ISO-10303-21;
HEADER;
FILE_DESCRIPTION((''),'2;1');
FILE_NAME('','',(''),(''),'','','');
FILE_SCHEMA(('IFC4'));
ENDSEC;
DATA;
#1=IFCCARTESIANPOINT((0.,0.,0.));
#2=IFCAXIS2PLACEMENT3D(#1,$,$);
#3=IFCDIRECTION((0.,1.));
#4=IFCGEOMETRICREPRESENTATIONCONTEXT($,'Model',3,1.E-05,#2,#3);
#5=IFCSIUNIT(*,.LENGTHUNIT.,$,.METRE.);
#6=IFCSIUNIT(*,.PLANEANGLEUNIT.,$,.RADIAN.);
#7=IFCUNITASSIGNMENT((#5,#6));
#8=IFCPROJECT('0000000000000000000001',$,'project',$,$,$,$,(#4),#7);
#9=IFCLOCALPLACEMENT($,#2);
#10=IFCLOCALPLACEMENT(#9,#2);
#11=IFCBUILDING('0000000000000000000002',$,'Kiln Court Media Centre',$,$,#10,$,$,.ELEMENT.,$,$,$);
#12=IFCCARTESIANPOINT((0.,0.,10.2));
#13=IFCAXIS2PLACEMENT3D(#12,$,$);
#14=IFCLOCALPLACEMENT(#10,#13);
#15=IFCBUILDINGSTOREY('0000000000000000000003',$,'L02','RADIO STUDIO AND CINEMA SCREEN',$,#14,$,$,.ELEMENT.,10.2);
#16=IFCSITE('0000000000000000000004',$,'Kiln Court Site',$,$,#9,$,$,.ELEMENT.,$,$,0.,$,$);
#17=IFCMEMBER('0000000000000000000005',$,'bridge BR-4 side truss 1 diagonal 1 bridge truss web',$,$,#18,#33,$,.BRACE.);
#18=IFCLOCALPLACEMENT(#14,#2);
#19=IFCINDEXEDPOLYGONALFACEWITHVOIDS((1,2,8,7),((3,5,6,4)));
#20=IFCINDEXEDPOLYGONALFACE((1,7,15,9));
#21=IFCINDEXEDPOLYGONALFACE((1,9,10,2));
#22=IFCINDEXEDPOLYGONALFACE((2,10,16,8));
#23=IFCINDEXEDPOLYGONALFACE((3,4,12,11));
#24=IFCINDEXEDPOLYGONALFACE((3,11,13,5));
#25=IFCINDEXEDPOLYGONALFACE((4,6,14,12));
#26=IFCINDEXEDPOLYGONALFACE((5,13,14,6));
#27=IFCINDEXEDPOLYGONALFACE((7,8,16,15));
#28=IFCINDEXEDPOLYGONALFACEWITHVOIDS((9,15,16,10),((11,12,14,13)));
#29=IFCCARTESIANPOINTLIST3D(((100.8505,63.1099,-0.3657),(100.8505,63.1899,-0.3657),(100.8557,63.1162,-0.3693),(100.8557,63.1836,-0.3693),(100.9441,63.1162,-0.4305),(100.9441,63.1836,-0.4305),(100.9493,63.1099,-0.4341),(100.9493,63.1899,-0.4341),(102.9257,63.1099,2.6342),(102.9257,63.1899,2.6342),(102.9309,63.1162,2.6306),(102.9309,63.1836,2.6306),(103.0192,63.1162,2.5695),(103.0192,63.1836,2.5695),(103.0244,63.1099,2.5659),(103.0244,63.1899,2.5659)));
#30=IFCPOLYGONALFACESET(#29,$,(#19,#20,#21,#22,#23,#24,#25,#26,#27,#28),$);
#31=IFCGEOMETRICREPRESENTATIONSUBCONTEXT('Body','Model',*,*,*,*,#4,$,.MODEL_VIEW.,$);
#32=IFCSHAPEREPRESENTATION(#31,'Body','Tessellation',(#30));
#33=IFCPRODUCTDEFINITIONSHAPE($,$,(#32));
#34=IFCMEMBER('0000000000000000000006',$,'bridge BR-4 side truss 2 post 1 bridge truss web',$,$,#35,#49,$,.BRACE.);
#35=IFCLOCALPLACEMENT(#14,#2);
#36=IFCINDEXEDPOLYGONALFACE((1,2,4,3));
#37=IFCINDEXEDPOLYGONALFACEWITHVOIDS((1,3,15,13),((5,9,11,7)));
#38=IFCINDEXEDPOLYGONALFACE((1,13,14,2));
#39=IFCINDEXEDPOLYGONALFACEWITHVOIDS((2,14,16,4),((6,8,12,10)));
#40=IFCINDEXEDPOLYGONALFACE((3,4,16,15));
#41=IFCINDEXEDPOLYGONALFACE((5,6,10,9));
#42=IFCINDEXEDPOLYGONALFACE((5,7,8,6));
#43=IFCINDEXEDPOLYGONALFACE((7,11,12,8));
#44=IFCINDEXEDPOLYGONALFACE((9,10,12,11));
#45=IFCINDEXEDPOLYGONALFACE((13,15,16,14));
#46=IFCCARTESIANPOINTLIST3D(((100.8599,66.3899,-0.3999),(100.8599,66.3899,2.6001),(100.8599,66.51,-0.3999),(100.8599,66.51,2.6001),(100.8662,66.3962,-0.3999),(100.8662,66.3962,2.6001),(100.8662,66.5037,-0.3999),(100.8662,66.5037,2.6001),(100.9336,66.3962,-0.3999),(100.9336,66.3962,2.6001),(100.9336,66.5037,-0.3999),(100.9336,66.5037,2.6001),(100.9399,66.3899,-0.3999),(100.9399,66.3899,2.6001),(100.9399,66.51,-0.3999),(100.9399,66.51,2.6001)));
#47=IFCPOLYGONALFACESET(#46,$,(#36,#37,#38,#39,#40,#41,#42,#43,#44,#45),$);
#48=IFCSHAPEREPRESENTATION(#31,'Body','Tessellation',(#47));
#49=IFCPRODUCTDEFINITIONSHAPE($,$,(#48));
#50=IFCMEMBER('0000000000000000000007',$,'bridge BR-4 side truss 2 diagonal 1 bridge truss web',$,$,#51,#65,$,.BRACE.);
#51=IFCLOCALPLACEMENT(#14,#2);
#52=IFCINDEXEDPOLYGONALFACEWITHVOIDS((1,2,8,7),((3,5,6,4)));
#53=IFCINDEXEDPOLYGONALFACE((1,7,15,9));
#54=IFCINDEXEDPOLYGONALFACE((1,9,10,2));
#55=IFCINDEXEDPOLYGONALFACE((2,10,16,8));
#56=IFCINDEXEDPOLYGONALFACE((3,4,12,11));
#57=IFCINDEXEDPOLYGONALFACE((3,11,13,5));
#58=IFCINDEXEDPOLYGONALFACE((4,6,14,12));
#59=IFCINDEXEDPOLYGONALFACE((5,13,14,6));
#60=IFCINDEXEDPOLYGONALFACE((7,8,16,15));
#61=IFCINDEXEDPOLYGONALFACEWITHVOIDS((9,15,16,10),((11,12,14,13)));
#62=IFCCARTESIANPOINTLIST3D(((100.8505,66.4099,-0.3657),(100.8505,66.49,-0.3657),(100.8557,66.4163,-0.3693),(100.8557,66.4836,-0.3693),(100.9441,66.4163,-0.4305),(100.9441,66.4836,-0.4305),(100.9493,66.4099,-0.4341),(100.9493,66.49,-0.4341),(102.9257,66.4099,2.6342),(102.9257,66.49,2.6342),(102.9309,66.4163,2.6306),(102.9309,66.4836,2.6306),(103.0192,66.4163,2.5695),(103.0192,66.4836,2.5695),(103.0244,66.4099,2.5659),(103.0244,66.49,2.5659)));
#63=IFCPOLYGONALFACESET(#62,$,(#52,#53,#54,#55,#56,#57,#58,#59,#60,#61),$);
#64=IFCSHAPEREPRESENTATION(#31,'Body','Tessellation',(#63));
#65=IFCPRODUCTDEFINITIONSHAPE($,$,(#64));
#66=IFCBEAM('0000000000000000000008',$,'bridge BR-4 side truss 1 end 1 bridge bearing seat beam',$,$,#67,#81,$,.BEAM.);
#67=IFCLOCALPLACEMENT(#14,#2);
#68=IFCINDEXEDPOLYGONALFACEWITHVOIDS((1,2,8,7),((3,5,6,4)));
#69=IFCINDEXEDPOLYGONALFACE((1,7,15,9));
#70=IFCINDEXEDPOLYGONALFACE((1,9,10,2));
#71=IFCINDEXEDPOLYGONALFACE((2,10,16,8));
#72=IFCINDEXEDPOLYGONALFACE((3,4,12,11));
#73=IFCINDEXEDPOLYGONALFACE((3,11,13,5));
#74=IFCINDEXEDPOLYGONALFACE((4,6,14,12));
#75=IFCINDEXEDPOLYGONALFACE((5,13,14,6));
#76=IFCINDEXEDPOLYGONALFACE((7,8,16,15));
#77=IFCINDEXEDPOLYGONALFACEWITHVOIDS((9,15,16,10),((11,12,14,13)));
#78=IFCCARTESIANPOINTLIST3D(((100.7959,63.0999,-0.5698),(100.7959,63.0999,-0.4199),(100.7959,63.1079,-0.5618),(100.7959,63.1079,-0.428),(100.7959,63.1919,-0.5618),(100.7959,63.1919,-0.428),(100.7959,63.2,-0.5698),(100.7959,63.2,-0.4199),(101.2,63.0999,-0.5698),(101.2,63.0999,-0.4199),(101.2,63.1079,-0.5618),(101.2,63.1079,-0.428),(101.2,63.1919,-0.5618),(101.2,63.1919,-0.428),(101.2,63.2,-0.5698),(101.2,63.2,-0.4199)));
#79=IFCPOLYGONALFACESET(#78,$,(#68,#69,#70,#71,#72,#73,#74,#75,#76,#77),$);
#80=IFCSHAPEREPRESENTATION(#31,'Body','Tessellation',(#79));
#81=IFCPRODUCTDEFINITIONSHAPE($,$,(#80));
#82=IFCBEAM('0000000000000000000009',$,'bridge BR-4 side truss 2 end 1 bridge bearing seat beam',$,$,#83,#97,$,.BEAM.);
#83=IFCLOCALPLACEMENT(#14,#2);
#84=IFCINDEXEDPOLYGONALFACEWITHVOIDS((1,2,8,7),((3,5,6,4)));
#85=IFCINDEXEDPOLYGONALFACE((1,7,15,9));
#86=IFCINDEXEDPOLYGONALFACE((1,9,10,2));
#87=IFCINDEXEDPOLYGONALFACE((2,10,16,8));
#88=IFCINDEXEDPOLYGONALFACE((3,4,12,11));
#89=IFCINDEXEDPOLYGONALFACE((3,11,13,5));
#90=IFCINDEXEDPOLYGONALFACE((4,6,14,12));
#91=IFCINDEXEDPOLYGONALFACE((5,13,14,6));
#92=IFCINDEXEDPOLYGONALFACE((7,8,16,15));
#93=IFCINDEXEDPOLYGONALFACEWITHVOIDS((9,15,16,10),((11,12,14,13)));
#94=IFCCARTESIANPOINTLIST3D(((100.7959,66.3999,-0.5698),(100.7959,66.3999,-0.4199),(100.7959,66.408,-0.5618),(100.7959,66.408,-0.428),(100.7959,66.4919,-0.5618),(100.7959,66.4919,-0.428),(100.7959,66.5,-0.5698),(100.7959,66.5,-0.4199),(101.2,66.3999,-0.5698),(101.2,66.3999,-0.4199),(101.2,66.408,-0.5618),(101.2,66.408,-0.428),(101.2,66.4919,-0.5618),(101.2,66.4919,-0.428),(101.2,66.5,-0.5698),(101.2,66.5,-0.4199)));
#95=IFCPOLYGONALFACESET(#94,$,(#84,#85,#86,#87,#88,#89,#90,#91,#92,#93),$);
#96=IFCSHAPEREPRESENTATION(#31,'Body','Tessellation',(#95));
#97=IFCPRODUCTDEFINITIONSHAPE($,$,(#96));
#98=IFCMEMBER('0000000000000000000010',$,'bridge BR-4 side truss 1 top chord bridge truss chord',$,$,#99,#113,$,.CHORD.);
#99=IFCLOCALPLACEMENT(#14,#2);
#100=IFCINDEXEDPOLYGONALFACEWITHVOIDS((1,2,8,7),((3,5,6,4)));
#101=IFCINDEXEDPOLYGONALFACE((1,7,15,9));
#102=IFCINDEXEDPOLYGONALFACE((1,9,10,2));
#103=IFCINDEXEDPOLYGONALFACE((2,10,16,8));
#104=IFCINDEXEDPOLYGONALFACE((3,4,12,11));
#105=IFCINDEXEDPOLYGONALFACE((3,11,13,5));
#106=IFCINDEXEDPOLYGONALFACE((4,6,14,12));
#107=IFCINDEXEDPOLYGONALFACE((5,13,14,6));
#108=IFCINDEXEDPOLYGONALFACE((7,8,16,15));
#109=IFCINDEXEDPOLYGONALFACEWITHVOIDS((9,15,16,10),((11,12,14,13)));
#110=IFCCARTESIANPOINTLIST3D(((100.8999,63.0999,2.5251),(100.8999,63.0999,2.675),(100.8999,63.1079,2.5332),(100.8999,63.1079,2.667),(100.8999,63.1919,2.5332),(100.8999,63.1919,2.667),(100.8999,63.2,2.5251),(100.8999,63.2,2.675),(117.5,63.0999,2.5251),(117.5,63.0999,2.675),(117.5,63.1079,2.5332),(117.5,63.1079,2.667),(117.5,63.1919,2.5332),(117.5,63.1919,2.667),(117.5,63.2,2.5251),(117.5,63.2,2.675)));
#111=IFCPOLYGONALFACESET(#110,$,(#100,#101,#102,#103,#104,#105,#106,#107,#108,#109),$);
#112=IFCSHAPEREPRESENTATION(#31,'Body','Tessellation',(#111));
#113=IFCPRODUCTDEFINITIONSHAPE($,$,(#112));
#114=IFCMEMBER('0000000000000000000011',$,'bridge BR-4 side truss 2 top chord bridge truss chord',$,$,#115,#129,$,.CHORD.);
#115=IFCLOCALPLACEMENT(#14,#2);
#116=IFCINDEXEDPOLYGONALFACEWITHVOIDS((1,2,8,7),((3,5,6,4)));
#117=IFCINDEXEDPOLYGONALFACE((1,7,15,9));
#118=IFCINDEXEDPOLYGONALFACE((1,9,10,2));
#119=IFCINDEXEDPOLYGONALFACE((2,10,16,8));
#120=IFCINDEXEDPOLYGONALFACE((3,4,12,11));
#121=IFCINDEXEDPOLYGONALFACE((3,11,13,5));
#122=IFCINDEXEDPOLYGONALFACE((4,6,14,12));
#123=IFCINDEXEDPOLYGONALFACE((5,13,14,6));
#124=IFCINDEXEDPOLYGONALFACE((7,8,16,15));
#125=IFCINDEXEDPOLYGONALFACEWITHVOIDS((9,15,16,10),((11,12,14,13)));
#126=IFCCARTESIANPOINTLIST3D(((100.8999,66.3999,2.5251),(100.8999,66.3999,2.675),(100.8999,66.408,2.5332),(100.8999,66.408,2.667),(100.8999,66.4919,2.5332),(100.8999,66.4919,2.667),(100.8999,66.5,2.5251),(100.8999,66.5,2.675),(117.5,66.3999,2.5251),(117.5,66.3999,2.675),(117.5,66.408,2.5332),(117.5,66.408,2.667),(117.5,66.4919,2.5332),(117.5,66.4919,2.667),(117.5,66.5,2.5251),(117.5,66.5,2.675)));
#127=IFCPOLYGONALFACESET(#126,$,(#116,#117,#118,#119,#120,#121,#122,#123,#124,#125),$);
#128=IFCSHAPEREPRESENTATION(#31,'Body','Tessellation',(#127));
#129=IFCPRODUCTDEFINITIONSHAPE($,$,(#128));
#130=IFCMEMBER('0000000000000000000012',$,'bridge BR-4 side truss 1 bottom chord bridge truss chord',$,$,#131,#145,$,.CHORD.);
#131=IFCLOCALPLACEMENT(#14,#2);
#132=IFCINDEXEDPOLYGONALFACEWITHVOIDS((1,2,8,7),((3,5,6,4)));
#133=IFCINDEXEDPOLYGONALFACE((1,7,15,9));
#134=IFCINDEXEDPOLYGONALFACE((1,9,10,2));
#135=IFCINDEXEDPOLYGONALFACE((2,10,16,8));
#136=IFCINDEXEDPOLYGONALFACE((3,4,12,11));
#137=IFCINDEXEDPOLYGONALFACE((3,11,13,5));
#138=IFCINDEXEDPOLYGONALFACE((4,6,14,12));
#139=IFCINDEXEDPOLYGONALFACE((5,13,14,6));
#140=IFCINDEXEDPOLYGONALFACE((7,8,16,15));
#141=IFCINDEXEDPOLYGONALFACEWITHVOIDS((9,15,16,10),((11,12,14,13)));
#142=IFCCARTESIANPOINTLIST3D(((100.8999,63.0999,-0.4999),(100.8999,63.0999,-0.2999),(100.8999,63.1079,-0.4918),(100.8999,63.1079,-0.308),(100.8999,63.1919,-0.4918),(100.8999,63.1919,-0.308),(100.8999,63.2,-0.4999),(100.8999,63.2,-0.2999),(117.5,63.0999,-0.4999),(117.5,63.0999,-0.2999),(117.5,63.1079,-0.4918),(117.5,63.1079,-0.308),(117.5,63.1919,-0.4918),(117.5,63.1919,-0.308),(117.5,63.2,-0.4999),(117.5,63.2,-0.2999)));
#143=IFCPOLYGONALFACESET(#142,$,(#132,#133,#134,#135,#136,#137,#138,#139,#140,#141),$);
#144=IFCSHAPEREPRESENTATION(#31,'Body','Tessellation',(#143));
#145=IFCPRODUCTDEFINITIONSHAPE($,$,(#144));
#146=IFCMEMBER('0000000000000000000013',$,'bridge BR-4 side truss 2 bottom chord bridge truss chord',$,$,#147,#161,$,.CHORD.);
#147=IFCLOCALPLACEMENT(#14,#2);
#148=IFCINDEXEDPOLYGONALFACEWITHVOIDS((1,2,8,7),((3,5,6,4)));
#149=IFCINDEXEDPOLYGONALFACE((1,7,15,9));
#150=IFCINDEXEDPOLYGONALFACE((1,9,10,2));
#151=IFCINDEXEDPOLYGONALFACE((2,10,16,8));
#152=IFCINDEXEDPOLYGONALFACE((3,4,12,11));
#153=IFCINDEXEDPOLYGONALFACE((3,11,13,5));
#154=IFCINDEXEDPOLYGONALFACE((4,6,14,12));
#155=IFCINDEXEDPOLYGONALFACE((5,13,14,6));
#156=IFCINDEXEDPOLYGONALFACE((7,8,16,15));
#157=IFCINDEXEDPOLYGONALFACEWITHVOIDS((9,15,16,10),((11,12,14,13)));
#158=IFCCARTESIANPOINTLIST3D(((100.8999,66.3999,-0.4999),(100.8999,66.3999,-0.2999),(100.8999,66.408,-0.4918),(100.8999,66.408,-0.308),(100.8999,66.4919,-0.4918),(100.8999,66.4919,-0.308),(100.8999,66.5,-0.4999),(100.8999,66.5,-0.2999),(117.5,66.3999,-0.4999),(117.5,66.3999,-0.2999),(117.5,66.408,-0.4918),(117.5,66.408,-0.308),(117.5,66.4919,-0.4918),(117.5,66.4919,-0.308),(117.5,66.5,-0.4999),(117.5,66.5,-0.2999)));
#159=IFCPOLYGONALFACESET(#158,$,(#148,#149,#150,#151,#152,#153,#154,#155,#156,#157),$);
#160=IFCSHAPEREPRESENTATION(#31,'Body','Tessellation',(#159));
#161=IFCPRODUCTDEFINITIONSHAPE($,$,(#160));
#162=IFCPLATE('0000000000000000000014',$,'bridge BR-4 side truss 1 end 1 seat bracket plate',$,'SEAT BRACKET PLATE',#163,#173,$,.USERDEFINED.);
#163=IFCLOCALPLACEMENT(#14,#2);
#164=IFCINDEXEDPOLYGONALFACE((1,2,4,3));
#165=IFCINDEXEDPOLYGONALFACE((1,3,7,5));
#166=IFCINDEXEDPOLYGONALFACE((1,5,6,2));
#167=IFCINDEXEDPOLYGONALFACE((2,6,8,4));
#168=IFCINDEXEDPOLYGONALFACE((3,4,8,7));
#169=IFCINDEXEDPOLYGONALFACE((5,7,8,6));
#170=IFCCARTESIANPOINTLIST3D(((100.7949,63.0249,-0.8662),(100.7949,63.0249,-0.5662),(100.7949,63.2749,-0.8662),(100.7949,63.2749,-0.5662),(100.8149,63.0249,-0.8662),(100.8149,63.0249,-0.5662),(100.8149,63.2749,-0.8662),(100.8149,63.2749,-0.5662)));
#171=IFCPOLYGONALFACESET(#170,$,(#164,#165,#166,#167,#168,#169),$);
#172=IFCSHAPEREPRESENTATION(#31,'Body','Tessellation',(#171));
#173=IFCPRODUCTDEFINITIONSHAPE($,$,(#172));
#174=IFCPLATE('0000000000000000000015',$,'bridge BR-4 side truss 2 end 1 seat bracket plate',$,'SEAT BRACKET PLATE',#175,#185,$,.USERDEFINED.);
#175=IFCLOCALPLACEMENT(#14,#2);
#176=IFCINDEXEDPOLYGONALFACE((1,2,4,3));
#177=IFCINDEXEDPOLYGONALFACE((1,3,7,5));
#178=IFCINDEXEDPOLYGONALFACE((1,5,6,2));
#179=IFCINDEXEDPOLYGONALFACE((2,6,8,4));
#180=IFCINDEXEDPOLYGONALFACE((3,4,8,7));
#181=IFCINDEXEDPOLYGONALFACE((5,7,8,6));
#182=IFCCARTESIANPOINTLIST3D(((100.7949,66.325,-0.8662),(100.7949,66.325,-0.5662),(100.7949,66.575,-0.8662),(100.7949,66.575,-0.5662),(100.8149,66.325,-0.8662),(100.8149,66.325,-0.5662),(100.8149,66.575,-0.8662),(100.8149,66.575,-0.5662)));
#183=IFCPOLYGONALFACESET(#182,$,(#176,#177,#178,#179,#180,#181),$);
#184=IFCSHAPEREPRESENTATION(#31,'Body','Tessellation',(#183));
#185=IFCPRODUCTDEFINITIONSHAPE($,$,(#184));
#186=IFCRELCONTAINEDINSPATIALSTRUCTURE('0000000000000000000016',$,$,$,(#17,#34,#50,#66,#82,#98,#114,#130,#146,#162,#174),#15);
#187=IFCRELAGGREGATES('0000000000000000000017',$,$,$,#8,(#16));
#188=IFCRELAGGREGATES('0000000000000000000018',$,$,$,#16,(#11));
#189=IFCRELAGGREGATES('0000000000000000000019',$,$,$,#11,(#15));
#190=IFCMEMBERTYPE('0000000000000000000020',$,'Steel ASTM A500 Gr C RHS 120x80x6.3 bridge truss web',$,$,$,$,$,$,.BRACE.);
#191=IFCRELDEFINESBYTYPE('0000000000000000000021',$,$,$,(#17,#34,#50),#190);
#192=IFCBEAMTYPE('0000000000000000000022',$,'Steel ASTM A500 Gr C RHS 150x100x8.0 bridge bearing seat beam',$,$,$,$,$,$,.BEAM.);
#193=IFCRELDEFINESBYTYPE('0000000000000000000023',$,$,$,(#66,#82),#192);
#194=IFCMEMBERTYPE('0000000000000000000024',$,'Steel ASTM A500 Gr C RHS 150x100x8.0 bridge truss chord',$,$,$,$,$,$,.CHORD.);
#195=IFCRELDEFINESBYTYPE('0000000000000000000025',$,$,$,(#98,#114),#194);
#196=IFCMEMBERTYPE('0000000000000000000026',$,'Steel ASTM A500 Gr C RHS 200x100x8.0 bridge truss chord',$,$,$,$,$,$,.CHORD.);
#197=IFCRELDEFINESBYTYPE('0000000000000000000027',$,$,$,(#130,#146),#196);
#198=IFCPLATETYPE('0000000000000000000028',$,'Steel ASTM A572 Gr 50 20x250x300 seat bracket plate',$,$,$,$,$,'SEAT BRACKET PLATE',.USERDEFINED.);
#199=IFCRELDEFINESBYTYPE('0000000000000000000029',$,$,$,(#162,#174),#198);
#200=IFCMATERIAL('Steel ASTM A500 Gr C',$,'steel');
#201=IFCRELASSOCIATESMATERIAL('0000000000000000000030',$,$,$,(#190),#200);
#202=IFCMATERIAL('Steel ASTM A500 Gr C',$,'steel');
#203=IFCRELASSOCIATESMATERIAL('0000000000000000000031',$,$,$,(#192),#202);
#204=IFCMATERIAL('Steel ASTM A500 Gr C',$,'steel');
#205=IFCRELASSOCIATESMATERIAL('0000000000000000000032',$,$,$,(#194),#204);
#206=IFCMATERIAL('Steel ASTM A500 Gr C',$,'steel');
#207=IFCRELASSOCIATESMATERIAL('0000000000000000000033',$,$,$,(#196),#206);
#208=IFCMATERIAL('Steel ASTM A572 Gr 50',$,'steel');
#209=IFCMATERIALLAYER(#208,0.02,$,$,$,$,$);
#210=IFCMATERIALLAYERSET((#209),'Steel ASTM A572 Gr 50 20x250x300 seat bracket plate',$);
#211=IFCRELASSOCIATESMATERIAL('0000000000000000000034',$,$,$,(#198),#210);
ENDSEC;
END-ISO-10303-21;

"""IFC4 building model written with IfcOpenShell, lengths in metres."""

from ifc_helpers import new_model, si_unit, direction, frame, origin, origin_2d, place, context, subcontext, project, spatial, rectangle, hollow_rectangle, extrude, material, layer, layer_set, material_profile, profile_set, type_object, element, save


model = new_model("IFC4")

# Units and contexts
model_context = context("Model", 3, precision=1e-05, world=origin(), true_north=direction((0.0, 1.0)))
body_context = subcontext(model_context, "Body", "Model", "MODEL_VIEW")
ifc_project = project(units=[si_unit("LENGTHUNIT", "METRE"), si_unit("PLANEANGLEUNIT", "RADIAN")], contexts=[model_context])

# Site, building, storey
site_placement = place(None, origin())
site = spatial("IfcSite", under=ifc_project, at=site_placement, Name="Kiln Court Site", CompositionType="ELEMENT", RefElevation=0.0)
building_placement = place(site_placement, origin())
building = spatial("IfcBuilding", under=site, at=building_placement, Name="Kiln Court Media Centre", CompositionType="ELEMENT")
storey_placement = place(building_placement, frame((0.0, 0.0, 10.2)))
storey = spatial("IfcBuildingStorey", under=building, at=storey_placement, Name="L02", Description="RADIO STUDIO AND CINEMA SCREEN", CompositionType="ELEMENT", Elevation=10.2)

# Members
ifc_material_1 = material(Name="Steel ASTM A500 Gr C", Category="steel")
ifc_material_profile_1 = material_profile(ifc_material_1, hollow_rectangle(XDim=0.0801, YDim=0.1201, WallThickness=0.0063, at=origin_2d()), Name="RHS 120x80x6.3")
ifc_profile_set_1 = profile_set([ifc_material_profile_1], Name="Steel ASTM A500 Gr C")
member_type_1 = type_object("IfcMemberType", Name="Steel ASTM A500 Gr C RHS 120x80x6.3 bridge truss web", PredefinedType="BRACE", material=ifc_profile_set_1)
member_1_placement = place(storey_placement, frame((100.8999, 63.1499, -0.3999), z_axis=(0.56889, 0.0, 0.822414), x_axis=(0.0, 1.0, 0.0)))
element("IfcMember", 1, at=member_1_placement, inside=storey, type_object=member_type_1, Name="bridge BR-4 side truss 1 diagonal 1 bridge truss web", PredefinedType="BRACE", context=body_context, shape_type="SweptSolid", body=[
    extrude(hollow_rectangle(XDim=0.0801, YDim=0.1201, WallThickness=0.0063, at=origin_2d()), origin(), (0.0, 0.0, 1.0), 3.6477),
])
member_2_placement = place(storey_placement, frame((100.8999, 66.45, -0.3999), z_axis=(0.0, 0.0, 1.0), x_axis=(1.0, 0.0, 0.0)))
element("IfcMember", 2, at=member_2_placement, inside=storey, type_object=member_type_1, Name="bridge BR-4 side truss 2 post 1 bridge truss web", PredefinedType="BRACE", context=body_context, shape_type="SweptSolid", body=[
    extrude(hollow_rectangle(XDim=0.0801, YDim=0.1201, WallThickness=0.0063, at=origin_2d()), origin(), (0.0, 0.0, 1.0), 3.0),
])
member_3_placement = place(storey_placement, frame((100.8999, 66.45, -0.3999), z_axis=(0.56889, 0.0, 0.822414), x_axis=(0.0, 1.0, 0.0)))
element("IfcMember", 3, at=member_3_placement, inside=storey, type_object=member_type_1, Name="bridge BR-4 side truss 2 diagonal 1 bridge truss web", PredefinedType="BRACE", context=body_context, shape_type="SweptSolid", body=[
    extrude(hollow_rectangle(XDim=0.0801, YDim=0.1201, WallThickness=0.0063, at=origin_2d()), origin(), (0.0, 0.0, 1.0), 3.6477),
])

# Beams
ifc_material_2 = material(Name="Steel ASTM A500 Gr C", Category="steel")
ifc_material_profile_2 = material_profile(ifc_material_2, hollow_rectangle(XDim=0.1001, YDim=0.1499, WallThickness=0.0081, at=origin_2d()), Name="RHS 150x100x8.0")
ifc_profile_set_2 = profile_set([ifc_material_profile_2], Name="Steel ASTM A500 Gr C")
beam_type = type_object("IfcBeamType", Name="Steel ASTM A500 Gr C RHS 150x100x8.0 bridge bearing seat beam", PredefinedType="BEAM", material=ifc_profile_set_2)
for number, where, z_axis, x_axis, name in (
    (4, (100.7959, 63.1499, -0.4949), (1.0, 0.0, 0.0), (0.0, 1.0, 0.0), "bridge BR-4 side truss 1 end 1 bridge bearing seat beam"),
    (5, (100.7959, 66.45, -0.4949), (1.0, 0.0, 0.0), (0.0, 1.0, 0.0), "bridge BR-4 side truss 2 end 1 bridge bearing seat beam"),
):
    element("IfcBeam", number, at=place(storey_placement, frame(where, z_axis=z_axis, x_axis=x_axis)), inside=storey, type_object=beam_type, Name=name, PredefinedType="BEAM", context=body_context, shape_type="SweptSolid", body=[
        extrude(hollow_rectangle(XDim=0.1001, YDim=0.1499, WallThickness=0.0081, at=origin_2d()), origin(), (0.0, 0.0, 1.0), 0.4041),
    ])

# Members
ifc_material_3 = material(Name="Steel ASTM A500 Gr C", Category="steel")
ifc_material_profile_3 = material_profile(ifc_material_3, hollow_rectangle(XDim=0.1001, YDim=0.1499, WallThickness=0.0081, at=origin_2d()), Name="RHS 150x100x8.0")
ifc_profile_set_3 = profile_set([ifc_material_profile_3], Name="Steel ASTM A500 Gr C")
member_type_2 = type_object("IfcMemberType", Name="Steel ASTM A500 Gr C RHS 150x100x8.0 bridge truss chord", PredefinedType="CHORD", material=ifc_profile_set_3)
for number, where, z_axis, x_axis, name in (
    (6, (100.8999, 63.1499, 2.6001), (1.0, 0.0, 0.0), (0.0, 1.0, 0.0), "bridge BR-4 side truss 1 top chord bridge truss chord"),
    (7, (100.8999, 66.45, 2.6001), (1.0, 0.0, 0.0), (0.0, 1.0, 0.0), "bridge BR-4 side truss 2 top chord bridge truss chord"),
):
    element("IfcMember", number, at=place(storey_placement, frame(where, z_axis=z_axis, x_axis=x_axis)), inside=storey, type_object=member_type_2, Name=name, PredefinedType="CHORD", context=body_context, shape_type="SweptSolid", body=[
        extrude(hollow_rectangle(XDim=0.1001, YDim=0.1499, WallThickness=0.0081, at=origin_2d()), origin(), (0.0, 0.0, 1.0), 16.6001),
    ])
ifc_material_4 = material(Name="Steel ASTM A500 Gr C", Category="steel")
ifc_material_profile_4 = material_profile(ifc_material_4, hollow_rectangle(XDim=0.1001, YDim=0.2, WallThickness=0.0081, at=origin_2d()), Name="RHS 200x100x8.0")
ifc_profile_set_4 = profile_set([ifc_material_profile_4], Name="Steel ASTM A500 Gr C")
member_type_3 = type_object("IfcMemberType", Name="Steel ASTM A500 Gr C RHS 200x100x8.0 bridge truss chord", PredefinedType="CHORD", material=ifc_profile_set_4)
for number, where, z_axis, x_axis, name in (
    (8, (100.8999, 63.1499, -0.3999), (1.0, 0.0, 0.0), (0.0, 1.0, 0.0), "bridge BR-4 side truss 1 bottom chord bridge truss chord"),
    (9, (100.8999, 66.45, -0.3999), (1.0, 0.0, 0.0), (0.0, 1.0, 0.0), "bridge BR-4 side truss 2 bottom chord bridge truss chord"),
):
    element("IfcMember", number, at=place(storey_placement, frame(where, z_axis=z_axis, x_axis=x_axis)), inside=storey, type_object=member_type_3, Name=name, PredefinedType="CHORD", context=body_context, shape_type="SweptSolid", body=[
        extrude(hollow_rectangle(XDim=0.1001, YDim=0.2, WallThickness=0.0081, at=origin_2d()), origin(), (0.0, 0.0, 1.0), 16.6001),
    ])

# Plates
ifc_material_5 = material(Name="Steel ASTM A572 Gr 50", Category="steel")
ifc_layer_1 = layer(ifc_material_5, 0.02)
ifc_layer_set_1 = layer_set([ifc_layer_1], Name="Steel ASTM A572 Gr 50 20x250x300 seat bracket plate")
plate_type_1 = type_object("IfcPlateType", Name="Steel ASTM A572 Gr 50 20x250x300 seat bracket plate", ElementType="SEAT BRACKET PLATE", PredefinedType="USERDEFINED", material=ifc_layer_set_1)
for number, where, z_axis, x_axis, name in (
    (10, (100.8049, 63.1499, -0.8662), (0.0, 0.0, 1.0), (1.0, 0.0, 0.0), "bridge BR-4 side truss 1 end 1 seat bracket plate"),
    (11, (100.8049, 66.45, -0.8662), (0.0, 0.0, 1.0), (1.0, 0.0, 0.0), "bridge BR-4 side truss 2 end 1 seat bracket plate"),
):
    element("IfcPlate", number, at=place(storey_placement, frame(where, z_axis=z_axis, x_axis=x_axis)), inside=storey, type_object=plate_type_1, Name=name, ObjectType="SEAT BRACKET PLATE", PredefinedType="USERDEFINED", context=body_context, shape_type="SweptSolid", body=[
        extrude(rectangle(XDim=0.02, YDim=0.25, at=origin_2d()), origin(), (0.0, 0.0, 1.0), 0.3),
    ])

save(model, "model.ifc")
